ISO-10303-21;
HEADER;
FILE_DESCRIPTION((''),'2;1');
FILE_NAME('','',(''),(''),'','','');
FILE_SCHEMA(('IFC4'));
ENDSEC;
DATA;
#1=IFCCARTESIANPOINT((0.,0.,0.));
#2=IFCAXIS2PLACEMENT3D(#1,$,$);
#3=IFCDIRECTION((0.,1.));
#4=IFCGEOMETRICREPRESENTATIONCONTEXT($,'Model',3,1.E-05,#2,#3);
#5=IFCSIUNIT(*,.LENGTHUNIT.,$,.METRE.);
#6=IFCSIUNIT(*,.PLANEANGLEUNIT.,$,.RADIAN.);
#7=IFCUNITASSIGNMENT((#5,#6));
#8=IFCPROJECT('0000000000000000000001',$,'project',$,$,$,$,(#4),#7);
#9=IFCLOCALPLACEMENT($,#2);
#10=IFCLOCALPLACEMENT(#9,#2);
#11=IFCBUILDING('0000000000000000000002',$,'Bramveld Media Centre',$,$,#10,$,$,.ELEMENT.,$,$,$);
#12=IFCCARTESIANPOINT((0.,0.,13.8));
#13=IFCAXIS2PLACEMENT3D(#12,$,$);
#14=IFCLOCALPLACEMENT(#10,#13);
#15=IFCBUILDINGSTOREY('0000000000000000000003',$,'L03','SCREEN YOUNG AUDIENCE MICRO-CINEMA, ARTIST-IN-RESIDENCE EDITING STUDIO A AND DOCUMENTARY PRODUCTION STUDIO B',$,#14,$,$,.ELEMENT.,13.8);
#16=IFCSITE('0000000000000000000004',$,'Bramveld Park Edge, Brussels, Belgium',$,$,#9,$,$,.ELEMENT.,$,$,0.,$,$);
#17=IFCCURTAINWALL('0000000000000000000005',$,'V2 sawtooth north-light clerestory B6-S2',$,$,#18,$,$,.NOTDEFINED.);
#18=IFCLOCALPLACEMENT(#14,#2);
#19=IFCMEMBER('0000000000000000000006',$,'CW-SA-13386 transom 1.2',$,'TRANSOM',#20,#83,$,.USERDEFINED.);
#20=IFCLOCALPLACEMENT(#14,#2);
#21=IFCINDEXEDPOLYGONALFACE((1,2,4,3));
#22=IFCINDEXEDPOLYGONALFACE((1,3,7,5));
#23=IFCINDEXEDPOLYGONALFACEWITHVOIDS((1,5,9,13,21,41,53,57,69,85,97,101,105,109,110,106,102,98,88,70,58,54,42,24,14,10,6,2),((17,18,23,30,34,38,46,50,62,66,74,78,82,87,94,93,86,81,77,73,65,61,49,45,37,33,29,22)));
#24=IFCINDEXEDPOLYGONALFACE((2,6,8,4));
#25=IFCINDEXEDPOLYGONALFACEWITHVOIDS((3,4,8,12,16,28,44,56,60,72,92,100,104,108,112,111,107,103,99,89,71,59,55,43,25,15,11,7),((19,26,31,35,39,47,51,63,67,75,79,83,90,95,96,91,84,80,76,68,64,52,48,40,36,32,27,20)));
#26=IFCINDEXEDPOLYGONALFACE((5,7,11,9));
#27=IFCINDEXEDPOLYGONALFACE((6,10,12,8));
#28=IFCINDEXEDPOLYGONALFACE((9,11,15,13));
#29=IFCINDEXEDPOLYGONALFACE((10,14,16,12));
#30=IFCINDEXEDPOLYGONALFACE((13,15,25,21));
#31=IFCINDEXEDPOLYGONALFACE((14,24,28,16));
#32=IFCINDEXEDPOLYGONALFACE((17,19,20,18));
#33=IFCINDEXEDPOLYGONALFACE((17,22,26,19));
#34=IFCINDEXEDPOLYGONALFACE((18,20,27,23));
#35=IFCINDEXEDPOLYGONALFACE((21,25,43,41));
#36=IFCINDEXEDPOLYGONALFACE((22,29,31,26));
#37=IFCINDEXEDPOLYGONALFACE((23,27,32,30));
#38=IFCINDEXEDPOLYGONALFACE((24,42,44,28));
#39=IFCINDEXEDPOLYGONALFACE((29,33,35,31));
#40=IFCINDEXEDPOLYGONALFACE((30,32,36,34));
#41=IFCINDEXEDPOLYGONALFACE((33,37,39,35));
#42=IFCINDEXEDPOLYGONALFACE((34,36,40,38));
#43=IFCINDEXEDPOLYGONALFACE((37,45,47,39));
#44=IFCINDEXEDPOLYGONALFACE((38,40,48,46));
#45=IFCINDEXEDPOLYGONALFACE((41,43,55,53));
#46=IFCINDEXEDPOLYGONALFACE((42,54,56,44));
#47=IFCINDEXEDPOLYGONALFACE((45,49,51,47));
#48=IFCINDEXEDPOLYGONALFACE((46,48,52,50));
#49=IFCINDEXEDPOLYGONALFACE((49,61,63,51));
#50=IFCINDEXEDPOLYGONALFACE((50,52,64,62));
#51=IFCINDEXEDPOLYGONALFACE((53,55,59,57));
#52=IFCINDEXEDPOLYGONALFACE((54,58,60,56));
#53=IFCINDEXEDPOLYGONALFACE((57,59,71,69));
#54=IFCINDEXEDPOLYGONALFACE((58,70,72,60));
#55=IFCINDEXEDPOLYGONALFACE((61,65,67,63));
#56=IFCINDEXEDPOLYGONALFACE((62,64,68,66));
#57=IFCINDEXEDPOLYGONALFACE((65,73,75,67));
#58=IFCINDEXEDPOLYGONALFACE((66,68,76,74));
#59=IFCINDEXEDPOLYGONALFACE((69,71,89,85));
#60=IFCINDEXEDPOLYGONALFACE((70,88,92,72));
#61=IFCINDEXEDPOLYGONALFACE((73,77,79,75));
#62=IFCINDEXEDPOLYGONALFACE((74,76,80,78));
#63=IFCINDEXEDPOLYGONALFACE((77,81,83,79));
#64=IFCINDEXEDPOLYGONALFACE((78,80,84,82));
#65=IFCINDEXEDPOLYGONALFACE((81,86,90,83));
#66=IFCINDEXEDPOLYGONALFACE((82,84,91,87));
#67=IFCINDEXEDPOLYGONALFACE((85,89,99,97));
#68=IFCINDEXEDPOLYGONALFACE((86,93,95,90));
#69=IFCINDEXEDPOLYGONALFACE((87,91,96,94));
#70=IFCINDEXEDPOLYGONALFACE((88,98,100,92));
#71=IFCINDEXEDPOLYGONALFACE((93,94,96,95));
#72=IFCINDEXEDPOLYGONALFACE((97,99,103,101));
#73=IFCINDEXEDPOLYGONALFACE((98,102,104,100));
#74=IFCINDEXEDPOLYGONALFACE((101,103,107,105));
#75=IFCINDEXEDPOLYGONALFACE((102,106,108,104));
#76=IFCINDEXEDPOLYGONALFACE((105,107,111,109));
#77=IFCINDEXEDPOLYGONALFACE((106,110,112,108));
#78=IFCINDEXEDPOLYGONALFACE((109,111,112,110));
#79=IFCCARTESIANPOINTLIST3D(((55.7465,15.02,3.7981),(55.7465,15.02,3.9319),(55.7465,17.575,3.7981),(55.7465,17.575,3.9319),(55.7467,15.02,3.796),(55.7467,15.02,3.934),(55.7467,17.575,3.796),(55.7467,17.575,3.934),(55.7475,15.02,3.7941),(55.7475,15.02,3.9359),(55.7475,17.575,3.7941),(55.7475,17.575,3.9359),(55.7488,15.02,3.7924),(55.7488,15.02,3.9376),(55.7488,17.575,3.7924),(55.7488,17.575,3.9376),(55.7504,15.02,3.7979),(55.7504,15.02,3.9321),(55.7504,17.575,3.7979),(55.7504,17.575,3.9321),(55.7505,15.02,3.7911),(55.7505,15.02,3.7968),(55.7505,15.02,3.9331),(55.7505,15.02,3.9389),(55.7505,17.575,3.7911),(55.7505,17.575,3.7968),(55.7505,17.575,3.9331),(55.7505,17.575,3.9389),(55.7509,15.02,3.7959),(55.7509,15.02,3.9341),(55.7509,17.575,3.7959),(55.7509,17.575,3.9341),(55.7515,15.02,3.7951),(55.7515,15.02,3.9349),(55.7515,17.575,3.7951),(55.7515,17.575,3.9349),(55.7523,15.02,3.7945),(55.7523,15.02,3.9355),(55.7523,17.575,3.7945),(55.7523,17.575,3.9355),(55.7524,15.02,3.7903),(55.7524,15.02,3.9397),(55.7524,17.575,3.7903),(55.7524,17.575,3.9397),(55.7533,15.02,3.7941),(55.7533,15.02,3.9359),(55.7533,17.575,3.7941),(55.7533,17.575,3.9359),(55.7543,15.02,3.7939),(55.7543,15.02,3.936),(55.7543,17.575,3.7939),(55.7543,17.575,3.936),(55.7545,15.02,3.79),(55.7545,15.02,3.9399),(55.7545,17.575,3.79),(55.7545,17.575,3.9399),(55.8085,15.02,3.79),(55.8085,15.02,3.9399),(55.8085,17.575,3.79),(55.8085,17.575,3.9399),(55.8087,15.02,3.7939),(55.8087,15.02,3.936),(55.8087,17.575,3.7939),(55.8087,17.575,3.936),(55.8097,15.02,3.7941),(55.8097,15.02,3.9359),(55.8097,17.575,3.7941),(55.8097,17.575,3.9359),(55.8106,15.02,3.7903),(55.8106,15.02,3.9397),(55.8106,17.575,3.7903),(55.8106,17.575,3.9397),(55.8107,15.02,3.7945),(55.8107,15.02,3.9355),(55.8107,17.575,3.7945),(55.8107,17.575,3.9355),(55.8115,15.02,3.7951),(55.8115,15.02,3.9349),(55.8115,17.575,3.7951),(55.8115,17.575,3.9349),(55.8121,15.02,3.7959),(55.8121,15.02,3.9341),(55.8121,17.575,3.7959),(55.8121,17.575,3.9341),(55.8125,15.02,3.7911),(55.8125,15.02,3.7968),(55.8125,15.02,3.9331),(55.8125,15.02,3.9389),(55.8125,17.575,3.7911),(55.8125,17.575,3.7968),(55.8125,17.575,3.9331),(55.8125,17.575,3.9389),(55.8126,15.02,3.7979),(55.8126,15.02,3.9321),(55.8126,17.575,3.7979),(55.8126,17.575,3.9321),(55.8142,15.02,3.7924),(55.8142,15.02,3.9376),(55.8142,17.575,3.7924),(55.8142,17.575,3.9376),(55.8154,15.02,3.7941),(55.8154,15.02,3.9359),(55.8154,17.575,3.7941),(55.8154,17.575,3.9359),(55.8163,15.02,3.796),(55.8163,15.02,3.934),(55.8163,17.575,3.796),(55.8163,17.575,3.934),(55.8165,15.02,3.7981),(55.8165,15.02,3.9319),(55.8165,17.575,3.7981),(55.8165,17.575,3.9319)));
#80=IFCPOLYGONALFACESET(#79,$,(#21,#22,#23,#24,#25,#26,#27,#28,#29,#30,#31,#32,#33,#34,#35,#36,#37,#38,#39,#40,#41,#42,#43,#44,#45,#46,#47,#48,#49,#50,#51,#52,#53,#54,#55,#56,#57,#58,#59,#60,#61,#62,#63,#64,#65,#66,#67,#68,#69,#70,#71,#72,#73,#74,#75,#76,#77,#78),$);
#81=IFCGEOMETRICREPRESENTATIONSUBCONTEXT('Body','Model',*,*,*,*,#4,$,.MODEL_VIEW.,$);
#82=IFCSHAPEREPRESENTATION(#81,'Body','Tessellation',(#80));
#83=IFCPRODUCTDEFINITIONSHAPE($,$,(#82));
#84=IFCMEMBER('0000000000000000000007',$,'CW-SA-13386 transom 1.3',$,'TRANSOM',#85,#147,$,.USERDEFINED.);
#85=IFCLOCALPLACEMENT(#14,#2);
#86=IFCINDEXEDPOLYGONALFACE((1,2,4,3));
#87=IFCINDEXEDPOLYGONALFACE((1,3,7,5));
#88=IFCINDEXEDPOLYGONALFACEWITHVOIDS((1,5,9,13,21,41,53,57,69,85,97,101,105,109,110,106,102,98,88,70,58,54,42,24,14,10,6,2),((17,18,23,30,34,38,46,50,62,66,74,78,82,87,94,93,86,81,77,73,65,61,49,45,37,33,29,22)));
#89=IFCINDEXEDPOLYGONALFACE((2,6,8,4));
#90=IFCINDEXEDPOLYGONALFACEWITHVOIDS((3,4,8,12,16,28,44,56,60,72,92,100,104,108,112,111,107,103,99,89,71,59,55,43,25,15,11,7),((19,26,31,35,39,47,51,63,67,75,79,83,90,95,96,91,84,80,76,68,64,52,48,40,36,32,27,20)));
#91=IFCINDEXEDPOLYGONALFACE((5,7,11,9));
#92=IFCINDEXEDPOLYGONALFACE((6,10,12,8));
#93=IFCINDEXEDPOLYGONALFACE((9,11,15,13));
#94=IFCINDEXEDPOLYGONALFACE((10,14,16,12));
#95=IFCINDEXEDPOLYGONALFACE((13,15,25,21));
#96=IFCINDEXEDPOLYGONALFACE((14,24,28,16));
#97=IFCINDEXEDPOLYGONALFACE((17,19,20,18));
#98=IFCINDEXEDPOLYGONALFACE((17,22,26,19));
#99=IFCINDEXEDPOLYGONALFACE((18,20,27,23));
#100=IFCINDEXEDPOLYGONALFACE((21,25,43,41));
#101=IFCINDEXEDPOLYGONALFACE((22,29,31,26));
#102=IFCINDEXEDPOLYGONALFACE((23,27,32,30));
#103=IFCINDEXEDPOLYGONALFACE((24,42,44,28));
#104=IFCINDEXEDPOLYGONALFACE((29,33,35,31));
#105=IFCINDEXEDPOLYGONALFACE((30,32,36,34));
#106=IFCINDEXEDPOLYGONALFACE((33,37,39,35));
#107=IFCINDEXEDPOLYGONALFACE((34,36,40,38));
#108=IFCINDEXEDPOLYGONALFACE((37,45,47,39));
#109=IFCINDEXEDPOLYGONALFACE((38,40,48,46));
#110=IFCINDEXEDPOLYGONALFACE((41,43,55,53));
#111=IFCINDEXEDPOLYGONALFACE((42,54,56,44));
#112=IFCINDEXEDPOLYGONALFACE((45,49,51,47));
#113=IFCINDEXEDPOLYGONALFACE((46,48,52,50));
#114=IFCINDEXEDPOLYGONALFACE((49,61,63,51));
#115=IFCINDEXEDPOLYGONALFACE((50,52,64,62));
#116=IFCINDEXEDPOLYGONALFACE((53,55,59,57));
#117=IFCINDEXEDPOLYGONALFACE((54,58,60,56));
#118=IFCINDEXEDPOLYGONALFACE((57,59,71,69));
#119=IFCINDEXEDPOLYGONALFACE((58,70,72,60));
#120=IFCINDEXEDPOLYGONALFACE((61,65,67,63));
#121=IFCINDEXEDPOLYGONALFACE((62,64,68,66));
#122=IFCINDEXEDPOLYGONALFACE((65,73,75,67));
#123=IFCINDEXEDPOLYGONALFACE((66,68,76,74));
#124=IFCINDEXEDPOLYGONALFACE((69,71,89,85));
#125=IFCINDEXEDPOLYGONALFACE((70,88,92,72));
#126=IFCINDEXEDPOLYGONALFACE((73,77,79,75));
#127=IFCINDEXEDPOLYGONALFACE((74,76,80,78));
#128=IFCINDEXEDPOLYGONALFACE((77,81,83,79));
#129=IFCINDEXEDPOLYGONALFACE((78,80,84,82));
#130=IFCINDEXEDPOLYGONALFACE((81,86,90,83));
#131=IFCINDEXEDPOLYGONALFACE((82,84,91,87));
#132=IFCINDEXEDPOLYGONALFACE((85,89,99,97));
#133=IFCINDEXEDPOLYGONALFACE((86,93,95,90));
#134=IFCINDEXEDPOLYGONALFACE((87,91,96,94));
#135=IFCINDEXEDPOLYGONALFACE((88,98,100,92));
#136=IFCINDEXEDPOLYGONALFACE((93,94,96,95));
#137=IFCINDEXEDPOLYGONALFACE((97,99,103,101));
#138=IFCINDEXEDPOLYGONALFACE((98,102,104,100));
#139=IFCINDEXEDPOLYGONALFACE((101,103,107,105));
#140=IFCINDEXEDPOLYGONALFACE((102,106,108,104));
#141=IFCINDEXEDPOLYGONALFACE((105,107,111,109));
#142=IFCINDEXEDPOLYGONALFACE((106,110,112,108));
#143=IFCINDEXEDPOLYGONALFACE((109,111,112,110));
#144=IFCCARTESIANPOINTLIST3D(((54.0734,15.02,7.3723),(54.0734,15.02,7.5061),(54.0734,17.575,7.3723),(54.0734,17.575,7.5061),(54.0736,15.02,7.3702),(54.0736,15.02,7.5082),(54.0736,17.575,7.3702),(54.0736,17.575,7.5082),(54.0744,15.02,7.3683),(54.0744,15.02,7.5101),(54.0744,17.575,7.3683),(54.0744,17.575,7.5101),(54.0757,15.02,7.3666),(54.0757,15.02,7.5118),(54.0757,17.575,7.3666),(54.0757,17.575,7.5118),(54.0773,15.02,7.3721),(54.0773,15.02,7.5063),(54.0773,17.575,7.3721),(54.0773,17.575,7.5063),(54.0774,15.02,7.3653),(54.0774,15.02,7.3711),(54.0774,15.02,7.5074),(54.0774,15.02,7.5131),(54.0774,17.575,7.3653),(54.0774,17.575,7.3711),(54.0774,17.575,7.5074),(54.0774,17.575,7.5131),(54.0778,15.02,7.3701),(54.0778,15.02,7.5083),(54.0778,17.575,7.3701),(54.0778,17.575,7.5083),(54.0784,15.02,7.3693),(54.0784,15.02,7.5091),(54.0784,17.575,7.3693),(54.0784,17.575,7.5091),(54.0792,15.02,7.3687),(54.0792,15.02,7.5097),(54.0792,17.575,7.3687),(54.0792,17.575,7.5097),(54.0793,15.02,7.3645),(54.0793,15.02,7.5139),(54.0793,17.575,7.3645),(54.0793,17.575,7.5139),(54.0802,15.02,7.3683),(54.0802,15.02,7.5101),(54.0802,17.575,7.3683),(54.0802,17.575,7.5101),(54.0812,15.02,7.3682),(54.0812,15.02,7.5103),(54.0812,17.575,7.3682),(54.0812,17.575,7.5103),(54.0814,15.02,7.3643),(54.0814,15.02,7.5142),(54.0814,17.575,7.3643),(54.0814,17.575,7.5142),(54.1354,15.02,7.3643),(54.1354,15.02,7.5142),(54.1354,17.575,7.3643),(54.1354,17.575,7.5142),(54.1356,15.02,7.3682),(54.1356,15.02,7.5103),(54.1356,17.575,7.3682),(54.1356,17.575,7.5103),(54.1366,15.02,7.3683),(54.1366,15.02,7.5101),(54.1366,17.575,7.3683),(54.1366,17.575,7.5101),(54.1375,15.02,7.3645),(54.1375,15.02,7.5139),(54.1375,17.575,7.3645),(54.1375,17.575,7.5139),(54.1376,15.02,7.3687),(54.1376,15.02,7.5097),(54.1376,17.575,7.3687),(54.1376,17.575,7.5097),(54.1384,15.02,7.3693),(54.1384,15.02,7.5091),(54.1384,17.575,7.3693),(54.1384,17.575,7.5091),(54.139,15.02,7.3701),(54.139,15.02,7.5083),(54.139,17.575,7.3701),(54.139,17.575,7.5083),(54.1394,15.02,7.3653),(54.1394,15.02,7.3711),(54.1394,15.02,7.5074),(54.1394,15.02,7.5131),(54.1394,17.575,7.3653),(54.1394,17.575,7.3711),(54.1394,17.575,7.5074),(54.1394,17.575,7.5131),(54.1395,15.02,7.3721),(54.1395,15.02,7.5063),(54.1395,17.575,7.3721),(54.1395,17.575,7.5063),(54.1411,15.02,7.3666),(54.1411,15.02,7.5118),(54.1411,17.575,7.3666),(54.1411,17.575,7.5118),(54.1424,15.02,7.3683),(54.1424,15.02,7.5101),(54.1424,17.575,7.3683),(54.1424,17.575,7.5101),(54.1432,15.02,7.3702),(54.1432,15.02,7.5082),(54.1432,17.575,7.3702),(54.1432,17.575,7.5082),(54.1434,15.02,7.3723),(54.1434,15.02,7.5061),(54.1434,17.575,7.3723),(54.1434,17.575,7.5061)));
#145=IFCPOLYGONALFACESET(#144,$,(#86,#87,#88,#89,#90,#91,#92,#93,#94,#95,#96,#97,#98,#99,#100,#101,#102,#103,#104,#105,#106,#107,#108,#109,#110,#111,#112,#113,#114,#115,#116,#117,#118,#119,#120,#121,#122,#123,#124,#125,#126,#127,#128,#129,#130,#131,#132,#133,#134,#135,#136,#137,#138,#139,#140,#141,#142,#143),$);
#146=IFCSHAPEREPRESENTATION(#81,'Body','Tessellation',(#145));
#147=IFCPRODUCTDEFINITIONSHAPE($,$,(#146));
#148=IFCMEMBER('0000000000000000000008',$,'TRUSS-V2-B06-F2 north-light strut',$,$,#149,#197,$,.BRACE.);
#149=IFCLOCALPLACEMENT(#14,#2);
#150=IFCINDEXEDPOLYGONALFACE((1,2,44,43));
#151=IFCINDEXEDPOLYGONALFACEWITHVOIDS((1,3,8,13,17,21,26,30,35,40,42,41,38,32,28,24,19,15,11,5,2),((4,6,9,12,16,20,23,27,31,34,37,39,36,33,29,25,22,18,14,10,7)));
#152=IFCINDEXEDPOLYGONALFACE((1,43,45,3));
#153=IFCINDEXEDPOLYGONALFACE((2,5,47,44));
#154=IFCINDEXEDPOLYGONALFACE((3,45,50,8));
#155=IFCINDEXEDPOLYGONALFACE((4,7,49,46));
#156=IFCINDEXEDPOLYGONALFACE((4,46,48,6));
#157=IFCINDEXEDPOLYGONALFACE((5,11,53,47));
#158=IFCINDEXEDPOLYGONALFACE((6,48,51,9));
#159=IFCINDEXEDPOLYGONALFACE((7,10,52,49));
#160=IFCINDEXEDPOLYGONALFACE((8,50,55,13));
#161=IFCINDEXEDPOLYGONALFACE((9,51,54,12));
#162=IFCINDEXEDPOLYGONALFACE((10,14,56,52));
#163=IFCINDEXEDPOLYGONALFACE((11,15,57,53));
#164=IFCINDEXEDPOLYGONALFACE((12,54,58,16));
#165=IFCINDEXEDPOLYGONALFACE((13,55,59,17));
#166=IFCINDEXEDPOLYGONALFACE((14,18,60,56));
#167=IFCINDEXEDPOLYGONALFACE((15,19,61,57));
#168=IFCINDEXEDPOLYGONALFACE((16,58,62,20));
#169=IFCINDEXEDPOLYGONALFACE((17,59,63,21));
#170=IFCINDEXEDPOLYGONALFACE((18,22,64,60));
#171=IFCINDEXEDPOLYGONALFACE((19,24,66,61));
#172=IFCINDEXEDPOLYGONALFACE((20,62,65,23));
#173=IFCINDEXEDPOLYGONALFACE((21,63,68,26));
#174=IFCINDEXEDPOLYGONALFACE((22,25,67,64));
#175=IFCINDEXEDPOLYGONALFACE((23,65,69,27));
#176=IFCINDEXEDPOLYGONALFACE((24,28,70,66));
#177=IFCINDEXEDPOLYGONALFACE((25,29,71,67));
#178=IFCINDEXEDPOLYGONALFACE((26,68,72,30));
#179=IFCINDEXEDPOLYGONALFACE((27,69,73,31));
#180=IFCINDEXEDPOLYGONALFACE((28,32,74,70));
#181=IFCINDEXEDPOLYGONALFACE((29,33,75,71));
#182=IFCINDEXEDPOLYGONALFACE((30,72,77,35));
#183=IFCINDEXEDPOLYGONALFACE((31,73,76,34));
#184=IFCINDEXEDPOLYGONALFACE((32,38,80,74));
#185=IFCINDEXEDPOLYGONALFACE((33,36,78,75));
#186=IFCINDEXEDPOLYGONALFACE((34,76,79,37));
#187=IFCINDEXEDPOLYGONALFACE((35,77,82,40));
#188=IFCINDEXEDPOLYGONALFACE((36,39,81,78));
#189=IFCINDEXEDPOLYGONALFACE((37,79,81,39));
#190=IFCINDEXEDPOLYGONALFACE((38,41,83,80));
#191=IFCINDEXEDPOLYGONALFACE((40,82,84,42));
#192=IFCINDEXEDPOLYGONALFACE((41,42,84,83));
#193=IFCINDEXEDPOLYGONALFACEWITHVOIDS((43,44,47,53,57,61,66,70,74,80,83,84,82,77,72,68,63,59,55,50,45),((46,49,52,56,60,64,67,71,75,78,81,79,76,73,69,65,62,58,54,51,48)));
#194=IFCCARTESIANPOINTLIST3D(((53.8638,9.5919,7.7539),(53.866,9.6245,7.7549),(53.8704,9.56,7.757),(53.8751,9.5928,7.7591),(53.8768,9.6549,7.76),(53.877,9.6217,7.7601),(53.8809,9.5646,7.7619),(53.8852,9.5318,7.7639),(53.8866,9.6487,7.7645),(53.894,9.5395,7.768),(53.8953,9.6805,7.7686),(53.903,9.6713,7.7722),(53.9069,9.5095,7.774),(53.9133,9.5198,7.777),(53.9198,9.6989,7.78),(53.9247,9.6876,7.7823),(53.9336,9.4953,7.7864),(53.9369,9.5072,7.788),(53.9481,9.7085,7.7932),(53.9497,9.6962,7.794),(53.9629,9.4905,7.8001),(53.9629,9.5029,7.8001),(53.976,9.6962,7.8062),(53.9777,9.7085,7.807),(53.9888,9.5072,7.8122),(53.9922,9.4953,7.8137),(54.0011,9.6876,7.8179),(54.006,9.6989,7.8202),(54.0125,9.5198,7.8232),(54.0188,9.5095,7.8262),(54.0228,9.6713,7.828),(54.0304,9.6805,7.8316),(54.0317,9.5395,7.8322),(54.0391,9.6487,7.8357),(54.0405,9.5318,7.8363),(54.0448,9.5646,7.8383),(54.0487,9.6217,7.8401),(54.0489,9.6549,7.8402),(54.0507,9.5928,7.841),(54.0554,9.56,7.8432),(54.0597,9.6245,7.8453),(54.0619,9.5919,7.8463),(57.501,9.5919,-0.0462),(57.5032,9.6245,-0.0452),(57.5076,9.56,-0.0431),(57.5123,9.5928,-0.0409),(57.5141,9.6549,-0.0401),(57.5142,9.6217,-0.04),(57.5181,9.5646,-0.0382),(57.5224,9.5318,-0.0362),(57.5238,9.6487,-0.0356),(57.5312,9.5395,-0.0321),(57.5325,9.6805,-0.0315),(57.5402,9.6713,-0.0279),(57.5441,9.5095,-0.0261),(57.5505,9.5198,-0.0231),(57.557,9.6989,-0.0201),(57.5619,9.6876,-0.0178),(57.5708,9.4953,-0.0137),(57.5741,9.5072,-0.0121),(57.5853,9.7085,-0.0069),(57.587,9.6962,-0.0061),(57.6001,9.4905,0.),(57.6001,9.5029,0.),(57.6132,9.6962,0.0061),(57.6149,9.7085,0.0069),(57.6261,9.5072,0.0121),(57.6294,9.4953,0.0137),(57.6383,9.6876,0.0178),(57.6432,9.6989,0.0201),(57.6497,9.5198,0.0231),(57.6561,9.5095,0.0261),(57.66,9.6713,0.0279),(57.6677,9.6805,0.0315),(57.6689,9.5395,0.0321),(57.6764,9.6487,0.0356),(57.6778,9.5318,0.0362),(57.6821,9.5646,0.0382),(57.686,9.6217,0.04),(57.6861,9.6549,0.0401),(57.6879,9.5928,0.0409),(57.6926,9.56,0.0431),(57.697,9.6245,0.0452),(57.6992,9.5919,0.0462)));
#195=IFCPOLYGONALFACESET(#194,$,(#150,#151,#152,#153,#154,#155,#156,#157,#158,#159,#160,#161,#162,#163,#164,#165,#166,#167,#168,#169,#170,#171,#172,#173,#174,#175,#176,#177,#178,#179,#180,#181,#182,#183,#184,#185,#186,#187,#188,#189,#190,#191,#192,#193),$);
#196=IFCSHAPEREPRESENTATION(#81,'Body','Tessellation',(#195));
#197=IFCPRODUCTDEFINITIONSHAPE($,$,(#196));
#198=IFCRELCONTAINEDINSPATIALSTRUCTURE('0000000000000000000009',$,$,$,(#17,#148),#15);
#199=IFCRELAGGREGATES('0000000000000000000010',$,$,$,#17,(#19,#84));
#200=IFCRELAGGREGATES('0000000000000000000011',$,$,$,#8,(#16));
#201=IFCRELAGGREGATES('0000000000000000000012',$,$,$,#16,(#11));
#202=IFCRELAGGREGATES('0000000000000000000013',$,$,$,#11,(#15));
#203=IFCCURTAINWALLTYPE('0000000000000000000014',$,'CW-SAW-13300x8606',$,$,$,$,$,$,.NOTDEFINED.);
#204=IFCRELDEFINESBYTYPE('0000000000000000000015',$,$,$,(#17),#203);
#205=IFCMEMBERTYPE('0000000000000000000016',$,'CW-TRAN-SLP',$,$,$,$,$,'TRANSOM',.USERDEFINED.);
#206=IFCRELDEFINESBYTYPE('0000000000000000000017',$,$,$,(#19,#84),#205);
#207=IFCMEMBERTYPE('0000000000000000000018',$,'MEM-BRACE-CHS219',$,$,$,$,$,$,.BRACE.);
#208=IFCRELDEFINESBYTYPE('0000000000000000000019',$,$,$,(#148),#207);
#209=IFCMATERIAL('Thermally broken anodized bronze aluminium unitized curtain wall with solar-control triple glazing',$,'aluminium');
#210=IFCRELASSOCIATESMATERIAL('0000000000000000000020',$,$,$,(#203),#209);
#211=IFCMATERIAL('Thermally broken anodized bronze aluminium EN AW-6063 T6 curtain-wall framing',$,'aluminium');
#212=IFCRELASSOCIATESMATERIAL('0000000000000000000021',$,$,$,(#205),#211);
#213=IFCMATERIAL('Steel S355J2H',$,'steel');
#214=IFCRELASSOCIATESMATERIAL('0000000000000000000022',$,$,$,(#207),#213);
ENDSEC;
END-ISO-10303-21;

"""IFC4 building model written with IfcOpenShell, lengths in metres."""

from ifc_helpers import new_model, si_unit, direction, frame, origin, origin_2d, place, context, subcontext, project, spatial, hollow_rectangle, hollow_circle, extrude, material, material_profile, profile_set, type_object, element, aggregate, save


model = new_model("IFC4")

# Units and contexts
model_context = context("Model", 3, precision=1e-05, world=origin(), true_north=direction((0.0, 1.0)))
body_context = subcontext(model_context, "Body", "Model", "MODEL_VIEW")
ifc_project = project(units=[si_unit("LENGTHUNIT", "METRE"), si_unit("PLANEANGLEUNIT", "RADIAN")], contexts=[model_context])

# Site, building, storey
site_placement = place(None, origin())
site = spatial("IfcSite", under=ifc_project, at=site_placement, Name="Bramveld Park Edge, Brussels, Belgium", CompositionType="ELEMENT", RefElevation=0.0)
building_placement = place(site_placement, origin())
building = spatial("IfcBuilding", under=site, at=building_placement, Name="Bramveld Media Centre", CompositionType="ELEMENT")
storey_placement = place(building_placement, frame((0.0, 0.0, 13.8)))
storey = spatial("IfcBuildingStorey", under=building, at=storey_placement, Name="L03", Description="SCREEN YOUNG AUDIENCE MICRO-CINEMA, ARTIST-IN-RESIDENCE EDITING STUDIO A AND DOCUMENTARY PRODUCTION STUDIO B", CompositionType="ELEMENT", Elevation=13.8)

# Curtain wall
ifc_material_1 = material(Name="Thermally broken anodized bronze aluminium unitized curtain wall with solar-control triple glazing", Category="aluminium")
curtain_wall_type = type_object("IfcCurtainWallType", Name="CW-SAW-13300x8606", PredefinedType="NOTDEFINED", material=ifc_material_1)
curtain_wall_1_placement = place(storey_placement, origin())
curtain_wall_1 = element("IfcCurtainWall", 1, at=curtain_wall_1_placement, inside=storey, type_object=curtain_wall_type, Name="V2 sawtooth north-light clerestory B6-S2", PredefinedType="NOTDEFINED")

# Members
ifc_material_2 = material(Name="Thermally broken anodized bronze aluminium EN AW-6063 T6 curtain-wall framing", Category="aluminium")
ifc_material_profile_1 = material_profile(ifc_material_2, hollow_rectangle(XDim=0.0701, YDim=0.1499, WallThickness=0.0039, InnerFilletRadius=0.0039, OuterFilletRadius=0.0081, at=origin_2d()), Name="AL-TRAN 70x150")
ifc_profile_set_1 = profile_set([ifc_material_profile_1], Name="Thermally broken anodized bronze aluminium EN AW-6063 T6 curtain-wall framing")
member_type_1 = type_object("IfcMemberType", Name="CW-TRAN-SLP", ElementType="TRANSOM", PredefinedType="USERDEFINED", material=ifc_profile_set_1)
member_1_placement = place(storey_placement, frame((55.7815, 15.02, 3.865), z_axis=(0.0, 1.0, 0.0), x_axis=(-1.0, 0.0, 0.0)))
member_1 = element("IfcMember", 2, at=member_1_placement, type_object=member_type_1, Name="CW-SA-13386 transom 1.2", ObjectType="TRANSOM", PredefinedType="USERDEFINED", context=body_context, shape_type="SweptSolid", body=[
    extrude(hollow_rectangle(XDim=0.0701, YDim=0.1499, WallThickness=0.0039, InnerFilletRadius=0.0039, OuterFilletRadius=0.0081, at=origin_2d()), origin(), (0.0, 0.0, 1.0), 2.5549),
])
member_2_placement = place(storey_placement, frame((54.1084, 15.02, 7.4392), z_axis=(0.0, 1.0, 0.0), x_axis=(-1.0, 0.0, 0.0)))
member_2 = element("IfcMember", 3, at=member_2_placement, type_object=member_type_1, Name="CW-SA-13386 transom 1.3", ObjectType="TRANSOM", PredefinedType="USERDEFINED", context=body_context, shape_type="SweptSolid", body=[
    extrude(hollow_rectangle(XDim=0.0701, YDim=0.1499, WallThickness=0.0039, InnerFilletRadius=0.0039, OuterFilletRadius=0.0081, at=origin_2d()), origin(), (0.0, 0.0, 1.0), 2.5549),
])
ifc_material_3 = material(Name="Steel S355J2H", Category="steel")
ifc_material_profile_2 = material_profile(ifc_material_3, hollow_circle(Radius=0.1096, WallThickness=0.0125, at=origin_2d()), Name="CHS 219.1x12.5")
ifc_profile_set_2 = profile_set([ifc_material_profile_2], Name="Steel S355J2H")
member_type_2 = type_object("IfcMemberType", Name="MEM-BRACE-CHS219", PredefinedType="BRACE", material=ifc_profile_set_2)
member_3_placement = place(storey_placement, frame((57.6001, 9.6001, 0.0), z_axis=(-0.422617, 0.0, 0.906308), x_axis=(0.0, -1.0, 0.0)))
element("IfcMember", 4, at=member_3_placement, inside=storey, type_object=member_type_2, Name="TRUSS-V2-B06-F2 north-light strut", PredefinedType="BRACE", context=body_context, shape_type="SweptSolid", body=[
    extrude(hollow_circle(Radius=0.1096, WallThickness=0.0125, at=origin_2d()), origin(), (0.0, 0.0, 1.0), 8.6064),
])

aggregate(curtain_wall_1, [member_1, member_2])

save(model, "model.ifc")
